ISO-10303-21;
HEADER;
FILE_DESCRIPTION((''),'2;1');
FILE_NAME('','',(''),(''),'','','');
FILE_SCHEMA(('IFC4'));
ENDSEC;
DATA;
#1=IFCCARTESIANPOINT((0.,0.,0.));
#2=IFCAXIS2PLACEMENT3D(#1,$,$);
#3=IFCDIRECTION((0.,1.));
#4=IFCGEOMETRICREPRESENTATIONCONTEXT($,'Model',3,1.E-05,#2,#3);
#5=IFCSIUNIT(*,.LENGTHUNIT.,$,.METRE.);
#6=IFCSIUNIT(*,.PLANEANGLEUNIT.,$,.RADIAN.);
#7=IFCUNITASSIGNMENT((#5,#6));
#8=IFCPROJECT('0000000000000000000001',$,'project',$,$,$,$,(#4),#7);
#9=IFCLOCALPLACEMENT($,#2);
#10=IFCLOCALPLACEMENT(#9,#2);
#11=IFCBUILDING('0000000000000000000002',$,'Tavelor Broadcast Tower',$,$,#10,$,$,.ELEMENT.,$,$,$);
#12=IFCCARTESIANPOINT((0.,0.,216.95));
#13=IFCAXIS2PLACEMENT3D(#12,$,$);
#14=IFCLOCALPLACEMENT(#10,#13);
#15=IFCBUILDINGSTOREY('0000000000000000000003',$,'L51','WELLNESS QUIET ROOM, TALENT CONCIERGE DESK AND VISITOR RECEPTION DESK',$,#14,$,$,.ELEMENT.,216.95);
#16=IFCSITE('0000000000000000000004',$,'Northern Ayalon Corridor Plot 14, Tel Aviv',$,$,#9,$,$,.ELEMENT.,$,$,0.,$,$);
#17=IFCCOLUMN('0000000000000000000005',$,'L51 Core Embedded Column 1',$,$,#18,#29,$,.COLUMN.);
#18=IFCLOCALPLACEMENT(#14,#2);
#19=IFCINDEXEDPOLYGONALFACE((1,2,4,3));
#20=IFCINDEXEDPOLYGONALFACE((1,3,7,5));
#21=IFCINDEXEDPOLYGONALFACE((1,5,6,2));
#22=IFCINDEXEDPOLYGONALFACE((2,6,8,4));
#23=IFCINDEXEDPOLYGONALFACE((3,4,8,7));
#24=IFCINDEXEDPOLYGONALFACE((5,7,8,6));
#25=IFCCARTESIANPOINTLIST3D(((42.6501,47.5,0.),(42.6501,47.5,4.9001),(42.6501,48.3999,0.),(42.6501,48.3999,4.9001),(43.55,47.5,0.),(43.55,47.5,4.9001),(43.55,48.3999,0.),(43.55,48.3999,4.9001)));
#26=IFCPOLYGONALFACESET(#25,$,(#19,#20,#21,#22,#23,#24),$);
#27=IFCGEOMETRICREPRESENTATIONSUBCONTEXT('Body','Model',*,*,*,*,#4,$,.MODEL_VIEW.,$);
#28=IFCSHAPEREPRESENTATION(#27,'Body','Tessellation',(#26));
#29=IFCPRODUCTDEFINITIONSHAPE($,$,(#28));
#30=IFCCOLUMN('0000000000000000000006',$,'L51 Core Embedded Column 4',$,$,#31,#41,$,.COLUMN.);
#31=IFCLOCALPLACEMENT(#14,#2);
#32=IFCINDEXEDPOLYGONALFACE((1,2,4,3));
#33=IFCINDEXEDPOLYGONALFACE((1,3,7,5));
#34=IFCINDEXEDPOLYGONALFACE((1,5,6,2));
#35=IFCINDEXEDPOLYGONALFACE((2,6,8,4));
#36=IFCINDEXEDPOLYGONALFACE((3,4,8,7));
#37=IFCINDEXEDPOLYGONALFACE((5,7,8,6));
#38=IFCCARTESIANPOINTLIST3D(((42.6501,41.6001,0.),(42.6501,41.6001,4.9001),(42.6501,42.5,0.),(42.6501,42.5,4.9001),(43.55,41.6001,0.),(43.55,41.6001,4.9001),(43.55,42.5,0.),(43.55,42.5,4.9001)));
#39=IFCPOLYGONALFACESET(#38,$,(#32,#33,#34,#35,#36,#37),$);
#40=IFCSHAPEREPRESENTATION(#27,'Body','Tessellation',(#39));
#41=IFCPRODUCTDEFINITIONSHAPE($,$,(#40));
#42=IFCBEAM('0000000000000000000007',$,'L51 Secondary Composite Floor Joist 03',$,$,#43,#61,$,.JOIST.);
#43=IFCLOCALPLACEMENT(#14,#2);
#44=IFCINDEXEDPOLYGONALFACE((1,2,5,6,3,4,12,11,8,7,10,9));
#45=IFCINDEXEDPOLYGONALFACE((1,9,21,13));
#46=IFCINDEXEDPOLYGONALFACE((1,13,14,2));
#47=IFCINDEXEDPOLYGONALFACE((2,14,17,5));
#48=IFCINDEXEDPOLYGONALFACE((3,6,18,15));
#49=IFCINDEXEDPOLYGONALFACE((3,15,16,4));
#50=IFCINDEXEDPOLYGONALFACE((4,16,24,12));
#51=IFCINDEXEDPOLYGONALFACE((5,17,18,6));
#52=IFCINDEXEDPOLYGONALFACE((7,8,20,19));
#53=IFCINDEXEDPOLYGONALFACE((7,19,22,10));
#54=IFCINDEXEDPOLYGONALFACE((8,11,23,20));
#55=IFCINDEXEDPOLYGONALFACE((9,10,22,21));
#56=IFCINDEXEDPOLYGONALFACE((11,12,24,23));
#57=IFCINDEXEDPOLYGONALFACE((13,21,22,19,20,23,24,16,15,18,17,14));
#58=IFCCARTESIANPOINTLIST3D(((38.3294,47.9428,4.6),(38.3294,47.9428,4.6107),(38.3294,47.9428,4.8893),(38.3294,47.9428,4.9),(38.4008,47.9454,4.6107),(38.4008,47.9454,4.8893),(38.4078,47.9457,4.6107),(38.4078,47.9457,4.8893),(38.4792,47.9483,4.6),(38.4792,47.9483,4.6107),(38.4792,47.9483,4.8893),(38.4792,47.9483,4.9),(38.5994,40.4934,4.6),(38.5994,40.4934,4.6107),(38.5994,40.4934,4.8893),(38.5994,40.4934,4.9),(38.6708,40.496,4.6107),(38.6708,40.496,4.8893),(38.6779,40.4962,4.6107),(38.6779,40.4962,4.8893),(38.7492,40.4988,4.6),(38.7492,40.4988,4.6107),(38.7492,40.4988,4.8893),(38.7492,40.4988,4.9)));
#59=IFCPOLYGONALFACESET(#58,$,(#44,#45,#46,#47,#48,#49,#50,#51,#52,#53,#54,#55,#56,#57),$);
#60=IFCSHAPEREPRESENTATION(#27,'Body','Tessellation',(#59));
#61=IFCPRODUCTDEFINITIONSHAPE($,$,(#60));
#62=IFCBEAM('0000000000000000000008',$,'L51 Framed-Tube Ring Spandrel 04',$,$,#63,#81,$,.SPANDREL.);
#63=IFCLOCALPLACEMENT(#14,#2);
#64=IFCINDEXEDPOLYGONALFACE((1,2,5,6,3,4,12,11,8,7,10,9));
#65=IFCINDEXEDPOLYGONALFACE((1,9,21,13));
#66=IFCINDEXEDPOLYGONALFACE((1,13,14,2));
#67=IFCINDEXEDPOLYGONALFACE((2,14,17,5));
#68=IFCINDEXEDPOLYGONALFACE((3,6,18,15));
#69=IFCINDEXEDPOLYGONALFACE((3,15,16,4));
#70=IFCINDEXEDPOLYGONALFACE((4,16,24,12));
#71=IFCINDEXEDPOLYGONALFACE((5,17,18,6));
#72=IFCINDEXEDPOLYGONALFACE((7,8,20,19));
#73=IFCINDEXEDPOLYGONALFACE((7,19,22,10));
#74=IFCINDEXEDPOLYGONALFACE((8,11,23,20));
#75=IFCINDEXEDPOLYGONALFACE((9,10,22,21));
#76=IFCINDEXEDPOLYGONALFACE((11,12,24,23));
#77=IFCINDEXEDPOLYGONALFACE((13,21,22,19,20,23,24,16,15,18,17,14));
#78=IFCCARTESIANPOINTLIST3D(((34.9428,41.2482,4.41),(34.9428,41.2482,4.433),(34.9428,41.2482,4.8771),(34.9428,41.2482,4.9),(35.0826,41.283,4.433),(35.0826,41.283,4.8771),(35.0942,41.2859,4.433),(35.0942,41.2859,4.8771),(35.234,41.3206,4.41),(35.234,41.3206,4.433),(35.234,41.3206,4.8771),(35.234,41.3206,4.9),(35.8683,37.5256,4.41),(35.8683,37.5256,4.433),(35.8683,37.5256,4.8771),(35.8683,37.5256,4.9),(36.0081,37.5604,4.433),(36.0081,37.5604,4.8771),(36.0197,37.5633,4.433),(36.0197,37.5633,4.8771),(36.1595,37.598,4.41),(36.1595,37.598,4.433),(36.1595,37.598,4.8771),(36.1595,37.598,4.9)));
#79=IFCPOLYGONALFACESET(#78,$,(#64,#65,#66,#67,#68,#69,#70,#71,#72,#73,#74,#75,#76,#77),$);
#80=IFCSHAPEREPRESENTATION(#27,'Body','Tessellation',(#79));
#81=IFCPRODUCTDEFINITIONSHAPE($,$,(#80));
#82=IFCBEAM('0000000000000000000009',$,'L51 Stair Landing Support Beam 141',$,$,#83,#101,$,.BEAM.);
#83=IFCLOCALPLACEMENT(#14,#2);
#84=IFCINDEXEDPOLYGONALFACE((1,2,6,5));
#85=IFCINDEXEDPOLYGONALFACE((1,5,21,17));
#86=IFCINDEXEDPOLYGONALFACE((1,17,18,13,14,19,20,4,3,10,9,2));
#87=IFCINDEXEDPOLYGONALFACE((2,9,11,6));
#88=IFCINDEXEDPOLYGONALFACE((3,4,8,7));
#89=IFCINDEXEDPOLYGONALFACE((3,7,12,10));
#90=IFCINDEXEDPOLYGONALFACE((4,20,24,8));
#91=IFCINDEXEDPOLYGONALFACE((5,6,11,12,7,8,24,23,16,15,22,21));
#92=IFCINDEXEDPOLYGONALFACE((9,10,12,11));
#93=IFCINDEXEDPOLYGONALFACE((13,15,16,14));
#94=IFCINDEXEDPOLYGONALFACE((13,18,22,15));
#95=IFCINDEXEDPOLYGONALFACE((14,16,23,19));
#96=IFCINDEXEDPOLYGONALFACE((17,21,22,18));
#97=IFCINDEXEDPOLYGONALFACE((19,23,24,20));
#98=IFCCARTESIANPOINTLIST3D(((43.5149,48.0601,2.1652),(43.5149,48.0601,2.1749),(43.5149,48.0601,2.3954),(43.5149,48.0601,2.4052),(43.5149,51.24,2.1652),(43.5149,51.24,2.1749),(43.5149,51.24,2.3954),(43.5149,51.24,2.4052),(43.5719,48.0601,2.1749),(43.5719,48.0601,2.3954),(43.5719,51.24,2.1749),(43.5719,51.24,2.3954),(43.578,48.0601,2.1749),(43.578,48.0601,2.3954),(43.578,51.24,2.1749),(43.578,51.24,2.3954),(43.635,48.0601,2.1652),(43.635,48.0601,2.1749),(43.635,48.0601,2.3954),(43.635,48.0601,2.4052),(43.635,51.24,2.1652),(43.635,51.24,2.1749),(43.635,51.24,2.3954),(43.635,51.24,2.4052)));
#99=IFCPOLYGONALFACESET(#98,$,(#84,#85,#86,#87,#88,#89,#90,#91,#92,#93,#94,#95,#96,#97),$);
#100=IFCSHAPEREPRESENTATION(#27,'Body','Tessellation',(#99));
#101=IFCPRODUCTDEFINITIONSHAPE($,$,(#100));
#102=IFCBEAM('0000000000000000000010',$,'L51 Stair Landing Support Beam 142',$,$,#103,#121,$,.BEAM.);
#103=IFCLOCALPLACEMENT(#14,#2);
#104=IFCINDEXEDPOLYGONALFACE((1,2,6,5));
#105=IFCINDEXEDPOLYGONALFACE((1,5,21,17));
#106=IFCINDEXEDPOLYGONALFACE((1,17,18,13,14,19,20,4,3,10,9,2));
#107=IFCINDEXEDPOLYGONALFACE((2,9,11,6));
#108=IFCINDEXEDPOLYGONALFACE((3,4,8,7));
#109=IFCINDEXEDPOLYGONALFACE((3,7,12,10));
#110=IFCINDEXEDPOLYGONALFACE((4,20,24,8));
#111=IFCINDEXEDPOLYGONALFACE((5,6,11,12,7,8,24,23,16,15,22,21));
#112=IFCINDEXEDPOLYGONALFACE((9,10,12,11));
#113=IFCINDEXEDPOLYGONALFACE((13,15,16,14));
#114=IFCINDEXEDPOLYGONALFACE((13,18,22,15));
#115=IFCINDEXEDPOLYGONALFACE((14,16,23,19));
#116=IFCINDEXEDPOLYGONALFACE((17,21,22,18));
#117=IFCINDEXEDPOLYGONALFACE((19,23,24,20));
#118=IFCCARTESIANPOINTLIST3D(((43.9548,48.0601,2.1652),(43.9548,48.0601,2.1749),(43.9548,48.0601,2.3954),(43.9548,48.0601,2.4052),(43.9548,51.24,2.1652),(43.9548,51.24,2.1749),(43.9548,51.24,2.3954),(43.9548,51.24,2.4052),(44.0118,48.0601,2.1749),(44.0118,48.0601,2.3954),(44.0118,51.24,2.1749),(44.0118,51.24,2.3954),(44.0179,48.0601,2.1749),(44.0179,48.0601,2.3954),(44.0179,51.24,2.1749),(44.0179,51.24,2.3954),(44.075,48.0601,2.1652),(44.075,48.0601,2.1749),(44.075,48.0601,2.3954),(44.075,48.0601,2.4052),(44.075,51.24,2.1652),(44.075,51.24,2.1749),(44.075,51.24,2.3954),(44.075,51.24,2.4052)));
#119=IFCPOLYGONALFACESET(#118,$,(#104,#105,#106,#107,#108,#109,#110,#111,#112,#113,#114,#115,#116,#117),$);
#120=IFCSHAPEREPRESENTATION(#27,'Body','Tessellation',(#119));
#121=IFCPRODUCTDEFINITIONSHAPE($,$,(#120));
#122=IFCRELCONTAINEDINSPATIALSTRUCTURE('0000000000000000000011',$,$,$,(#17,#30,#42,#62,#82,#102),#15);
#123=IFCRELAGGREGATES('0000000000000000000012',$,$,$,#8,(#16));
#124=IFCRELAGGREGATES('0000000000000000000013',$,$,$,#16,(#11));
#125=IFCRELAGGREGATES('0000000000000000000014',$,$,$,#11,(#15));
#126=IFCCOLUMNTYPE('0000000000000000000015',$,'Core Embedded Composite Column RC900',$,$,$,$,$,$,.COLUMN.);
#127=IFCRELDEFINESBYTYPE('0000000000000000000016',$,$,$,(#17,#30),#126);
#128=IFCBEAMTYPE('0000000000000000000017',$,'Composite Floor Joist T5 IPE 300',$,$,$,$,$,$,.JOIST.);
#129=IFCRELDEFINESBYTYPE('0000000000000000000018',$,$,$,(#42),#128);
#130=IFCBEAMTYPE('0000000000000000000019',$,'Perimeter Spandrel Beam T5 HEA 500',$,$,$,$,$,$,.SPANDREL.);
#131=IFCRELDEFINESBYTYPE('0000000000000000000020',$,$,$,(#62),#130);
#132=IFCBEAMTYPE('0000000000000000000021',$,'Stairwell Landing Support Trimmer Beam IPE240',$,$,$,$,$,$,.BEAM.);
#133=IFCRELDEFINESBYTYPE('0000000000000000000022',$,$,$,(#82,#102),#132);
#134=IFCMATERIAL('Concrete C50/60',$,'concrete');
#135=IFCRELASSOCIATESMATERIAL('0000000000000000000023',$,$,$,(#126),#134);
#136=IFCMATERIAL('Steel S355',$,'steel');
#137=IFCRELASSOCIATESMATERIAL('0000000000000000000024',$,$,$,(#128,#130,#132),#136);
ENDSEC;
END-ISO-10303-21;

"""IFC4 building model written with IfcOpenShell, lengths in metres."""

from ifc_helpers import new_model, si_unit, direction, frame, origin, origin_2d, place, context, subcontext, project, spatial, rectangle, i_section, extrude, material, material_profile, profile_set, type_object, element, save


model = new_model("IFC4")

# Units and contexts
model_context = context("Model", 3, precision=1e-05, world=origin(), true_north=direction((0.0, 1.0)))
body_context = subcontext(model_context, "Body", "Model", "MODEL_VIEW")
ifc_project = project(units=[si_unit("LENGTHUNIT", "METRE"), si_unit("PLANEANGLEUNIT", "RADIAN")], contexts=[model_context])

# Site, building, storey
site_placement = place(None, origin())
site = spatial("IfcSite", under=ifc_project, at=site_placement, Name="Northern Ayalon Corridor Plot 14, Tel Aviv", CompositionType="ELEMENT", RefElevation=0.0)
building_placement = place(site_placement, origin())
building = spatial("IfcBuilding", under=site, at=building_placement, Name="Tavelor Broadcast Tower", CompositionType="ELEMENT")
storey_placement = place(building_placement, frame((0.0, 0.0, 216.95)))
storey = spatial("IfcBuildingStorey", under=building, at=storey_placement, Name="L51", Description="WELLNESS QUIET ROOM, TALENT CONCIERGE DESK AND VISITOR RECEPTION DESK", CompositionType="ELEMENT", Elevation=216.95)

# Columns
ifc_material_1 = material(Name="Concrete C50/60", Category="concrete")
ifc_material_profile_1 = material_profile(ifc_material_1, rectangle(XDim=0.8999, YDim=0.8999, at=origin_2d()), Name="RC 900x900")
ifc_profile_set_1 = profile_set([ifc_material_profile_1], Name="Concrete C50/60")
column_type = type_object("IfcColumnType", Name="Core Embedded Composite Column RC900", PredefinedType="COLUMN", material=ifc_profile_set_1)
for number, where, z_axis, x_axis, name in (
    (1, (43.1001, 47.95, 0.0), (0.0, 0.0, 1.0), (1.0, 0.0, 0.0), "L51 Core Embedded Column 1"),
    (2, (43.1001, 42.05, 0.0), (0.0, 0.0, 1.0), (1.0, 0.0, 0.0), "L51 Core Embedded Column 4"),
):
    element("IfcColumn", number, at=place(storey_placement, frame(where, z_axis=z_axis, x_axis=x_axis)), inside=storey, type_object=column_type, Name=name, PredefinedType="COLUMN", context=body_context, shape_type="SweptSolid", body=[
        extrude(rectangle(XDim=0.8999, YDim=0.8999, at=origin_2d()), origin(), (0.0, 0.0, 1.0), 4.9001),
    ])

# Beams
ifc_material_2 = material(Name="Steel S355", Category="steel")
ifc_material_profile_2 = material_profile(ifc_material_2, i_section(OverallWidth=0.1499, OverallDepth=0.3, WebThickness=0.0071, FlangeThickness=0.0107, at=origin_2d()), Name="IPE 300")
ifc_profile_set_2 = profile_set([ifc_material_profile_2], Name="Steel S355")
beam_type_1 = type_object("IfcBeamType", Name="Composite Floor Joist T5 IPE 300", PredefinedType="JOIST", material=ifc_profile_set_2)
beam_1_placement = place(storey_placement, frame((38.4043, 47.9456, 4.75), z_axis=(0.036223, -0.999344, 0.0), x_axis=(0.999344, 0.036223, 0.0)))
element("IfcBeam", 3, at=beam_1_placement, inside=storey, type_object=beam_type_1, Name="L51 Secondary Composite Floor Joist 03", PredefinedType="JOIST", context=body_context, shape_type="SweptSolid", body=[
    extrude(i_section(OverallWidth=0.1499, OverallDepth=0.3, WebThickness=0.0071, FlangeThickness=0.0107, at=origin_2d()), origin(), (0.0, 0.0, 1.0), 7.4543),
])
ifc_material_profile_3 = material_profile(ifc_material_2, i_section(OverallWidth=0.3, OverallDepth=0.49, WebThickness=0.012, FlangeThickness=0.0229, at=origin_2d()), Name="HEA 500")
ifc_profile_set_3 = profile_set([ifc_material_profile_3], Name="Steel S355")
beam_type_2 = type_object("IfcBeamType", Name="Perimeter Spandrel Beam T5 HEA 500", PredefinedType="SPANDREL", material=ifc_profile_set_3)
beam_2_placement = place(storey_placement, frame((35.0884, 41.2844, 4.655), z_axis=(0.241278, -0.970456, 0.0), x_axis=(0.970456, 0.241278, 0.0)))
element("IfcBeam", 4, at=beam_2_placement, inside=storey, type_object=beam_type_2, Name="L51 Framed-Tube Ring Spandrel 04", PredefinedType="SPANDREL", context=body_context, shape_type="SweptSolid", body=[
    extrude(i_section(OverallWidth=0.3, OverallDepth=0.49, WebThickness=0.012, FlangeThickness=0.0229, at=origin_2d()), origin(), (0.0, 0.0, 1.0), 3.8359),
])
ifc_material_profile_4 = material_profile(ifc_material_2, i_section(OverallWidth=0.1201, OverallDepth=0.24, WebThickness=0.0061, FlangeThickness=0.0098, at=origin_2d()), Name="IPE 240")
ifc_profile_set_4 = profile_set([ifc_material_profile_4], Name="Steel S355")
beam_type_3 = type_object("IfcBeamType", Name="Stairwell Landing Support Trimmer Beam IPE240", PredefinedType="BEAM", material=ifc_profile_set_4)
for number, where, z_axis, x_axis, name in (
    (5, (43.575, 48.0601, 2.2852), (0.0, 1.0, 0.0), (-1.0, 0.0, 0.0), "L51 Stair Landing Support Beam 141"),
    (6, (44.0149, 48.0601, 2.2852), (0.0, 1.0, 0.0), (-1.0, 0.0, 0.0), "L51 Stair Landing Support Beam 142"),
):
    element("IfcBeam", number, at=place(storey_placement, frame(where, z_axis=z_axis, x_axis=x_axis)), inside=storey, type_object=beam_type_3, Name=name, PredefinedType="BEAM", context=body_context, shape_type="SweptSolid", body=[
        extrude(i_section(OverallWidth=0.1201, OverallDepth=0.24, WebThickness=0.0061, FlangeThickness=0.0098, at=origin_2d()), origin(), (0.0, 0.0, 1.0), 3.1799),
    ])

save(model, "model.ifc")
